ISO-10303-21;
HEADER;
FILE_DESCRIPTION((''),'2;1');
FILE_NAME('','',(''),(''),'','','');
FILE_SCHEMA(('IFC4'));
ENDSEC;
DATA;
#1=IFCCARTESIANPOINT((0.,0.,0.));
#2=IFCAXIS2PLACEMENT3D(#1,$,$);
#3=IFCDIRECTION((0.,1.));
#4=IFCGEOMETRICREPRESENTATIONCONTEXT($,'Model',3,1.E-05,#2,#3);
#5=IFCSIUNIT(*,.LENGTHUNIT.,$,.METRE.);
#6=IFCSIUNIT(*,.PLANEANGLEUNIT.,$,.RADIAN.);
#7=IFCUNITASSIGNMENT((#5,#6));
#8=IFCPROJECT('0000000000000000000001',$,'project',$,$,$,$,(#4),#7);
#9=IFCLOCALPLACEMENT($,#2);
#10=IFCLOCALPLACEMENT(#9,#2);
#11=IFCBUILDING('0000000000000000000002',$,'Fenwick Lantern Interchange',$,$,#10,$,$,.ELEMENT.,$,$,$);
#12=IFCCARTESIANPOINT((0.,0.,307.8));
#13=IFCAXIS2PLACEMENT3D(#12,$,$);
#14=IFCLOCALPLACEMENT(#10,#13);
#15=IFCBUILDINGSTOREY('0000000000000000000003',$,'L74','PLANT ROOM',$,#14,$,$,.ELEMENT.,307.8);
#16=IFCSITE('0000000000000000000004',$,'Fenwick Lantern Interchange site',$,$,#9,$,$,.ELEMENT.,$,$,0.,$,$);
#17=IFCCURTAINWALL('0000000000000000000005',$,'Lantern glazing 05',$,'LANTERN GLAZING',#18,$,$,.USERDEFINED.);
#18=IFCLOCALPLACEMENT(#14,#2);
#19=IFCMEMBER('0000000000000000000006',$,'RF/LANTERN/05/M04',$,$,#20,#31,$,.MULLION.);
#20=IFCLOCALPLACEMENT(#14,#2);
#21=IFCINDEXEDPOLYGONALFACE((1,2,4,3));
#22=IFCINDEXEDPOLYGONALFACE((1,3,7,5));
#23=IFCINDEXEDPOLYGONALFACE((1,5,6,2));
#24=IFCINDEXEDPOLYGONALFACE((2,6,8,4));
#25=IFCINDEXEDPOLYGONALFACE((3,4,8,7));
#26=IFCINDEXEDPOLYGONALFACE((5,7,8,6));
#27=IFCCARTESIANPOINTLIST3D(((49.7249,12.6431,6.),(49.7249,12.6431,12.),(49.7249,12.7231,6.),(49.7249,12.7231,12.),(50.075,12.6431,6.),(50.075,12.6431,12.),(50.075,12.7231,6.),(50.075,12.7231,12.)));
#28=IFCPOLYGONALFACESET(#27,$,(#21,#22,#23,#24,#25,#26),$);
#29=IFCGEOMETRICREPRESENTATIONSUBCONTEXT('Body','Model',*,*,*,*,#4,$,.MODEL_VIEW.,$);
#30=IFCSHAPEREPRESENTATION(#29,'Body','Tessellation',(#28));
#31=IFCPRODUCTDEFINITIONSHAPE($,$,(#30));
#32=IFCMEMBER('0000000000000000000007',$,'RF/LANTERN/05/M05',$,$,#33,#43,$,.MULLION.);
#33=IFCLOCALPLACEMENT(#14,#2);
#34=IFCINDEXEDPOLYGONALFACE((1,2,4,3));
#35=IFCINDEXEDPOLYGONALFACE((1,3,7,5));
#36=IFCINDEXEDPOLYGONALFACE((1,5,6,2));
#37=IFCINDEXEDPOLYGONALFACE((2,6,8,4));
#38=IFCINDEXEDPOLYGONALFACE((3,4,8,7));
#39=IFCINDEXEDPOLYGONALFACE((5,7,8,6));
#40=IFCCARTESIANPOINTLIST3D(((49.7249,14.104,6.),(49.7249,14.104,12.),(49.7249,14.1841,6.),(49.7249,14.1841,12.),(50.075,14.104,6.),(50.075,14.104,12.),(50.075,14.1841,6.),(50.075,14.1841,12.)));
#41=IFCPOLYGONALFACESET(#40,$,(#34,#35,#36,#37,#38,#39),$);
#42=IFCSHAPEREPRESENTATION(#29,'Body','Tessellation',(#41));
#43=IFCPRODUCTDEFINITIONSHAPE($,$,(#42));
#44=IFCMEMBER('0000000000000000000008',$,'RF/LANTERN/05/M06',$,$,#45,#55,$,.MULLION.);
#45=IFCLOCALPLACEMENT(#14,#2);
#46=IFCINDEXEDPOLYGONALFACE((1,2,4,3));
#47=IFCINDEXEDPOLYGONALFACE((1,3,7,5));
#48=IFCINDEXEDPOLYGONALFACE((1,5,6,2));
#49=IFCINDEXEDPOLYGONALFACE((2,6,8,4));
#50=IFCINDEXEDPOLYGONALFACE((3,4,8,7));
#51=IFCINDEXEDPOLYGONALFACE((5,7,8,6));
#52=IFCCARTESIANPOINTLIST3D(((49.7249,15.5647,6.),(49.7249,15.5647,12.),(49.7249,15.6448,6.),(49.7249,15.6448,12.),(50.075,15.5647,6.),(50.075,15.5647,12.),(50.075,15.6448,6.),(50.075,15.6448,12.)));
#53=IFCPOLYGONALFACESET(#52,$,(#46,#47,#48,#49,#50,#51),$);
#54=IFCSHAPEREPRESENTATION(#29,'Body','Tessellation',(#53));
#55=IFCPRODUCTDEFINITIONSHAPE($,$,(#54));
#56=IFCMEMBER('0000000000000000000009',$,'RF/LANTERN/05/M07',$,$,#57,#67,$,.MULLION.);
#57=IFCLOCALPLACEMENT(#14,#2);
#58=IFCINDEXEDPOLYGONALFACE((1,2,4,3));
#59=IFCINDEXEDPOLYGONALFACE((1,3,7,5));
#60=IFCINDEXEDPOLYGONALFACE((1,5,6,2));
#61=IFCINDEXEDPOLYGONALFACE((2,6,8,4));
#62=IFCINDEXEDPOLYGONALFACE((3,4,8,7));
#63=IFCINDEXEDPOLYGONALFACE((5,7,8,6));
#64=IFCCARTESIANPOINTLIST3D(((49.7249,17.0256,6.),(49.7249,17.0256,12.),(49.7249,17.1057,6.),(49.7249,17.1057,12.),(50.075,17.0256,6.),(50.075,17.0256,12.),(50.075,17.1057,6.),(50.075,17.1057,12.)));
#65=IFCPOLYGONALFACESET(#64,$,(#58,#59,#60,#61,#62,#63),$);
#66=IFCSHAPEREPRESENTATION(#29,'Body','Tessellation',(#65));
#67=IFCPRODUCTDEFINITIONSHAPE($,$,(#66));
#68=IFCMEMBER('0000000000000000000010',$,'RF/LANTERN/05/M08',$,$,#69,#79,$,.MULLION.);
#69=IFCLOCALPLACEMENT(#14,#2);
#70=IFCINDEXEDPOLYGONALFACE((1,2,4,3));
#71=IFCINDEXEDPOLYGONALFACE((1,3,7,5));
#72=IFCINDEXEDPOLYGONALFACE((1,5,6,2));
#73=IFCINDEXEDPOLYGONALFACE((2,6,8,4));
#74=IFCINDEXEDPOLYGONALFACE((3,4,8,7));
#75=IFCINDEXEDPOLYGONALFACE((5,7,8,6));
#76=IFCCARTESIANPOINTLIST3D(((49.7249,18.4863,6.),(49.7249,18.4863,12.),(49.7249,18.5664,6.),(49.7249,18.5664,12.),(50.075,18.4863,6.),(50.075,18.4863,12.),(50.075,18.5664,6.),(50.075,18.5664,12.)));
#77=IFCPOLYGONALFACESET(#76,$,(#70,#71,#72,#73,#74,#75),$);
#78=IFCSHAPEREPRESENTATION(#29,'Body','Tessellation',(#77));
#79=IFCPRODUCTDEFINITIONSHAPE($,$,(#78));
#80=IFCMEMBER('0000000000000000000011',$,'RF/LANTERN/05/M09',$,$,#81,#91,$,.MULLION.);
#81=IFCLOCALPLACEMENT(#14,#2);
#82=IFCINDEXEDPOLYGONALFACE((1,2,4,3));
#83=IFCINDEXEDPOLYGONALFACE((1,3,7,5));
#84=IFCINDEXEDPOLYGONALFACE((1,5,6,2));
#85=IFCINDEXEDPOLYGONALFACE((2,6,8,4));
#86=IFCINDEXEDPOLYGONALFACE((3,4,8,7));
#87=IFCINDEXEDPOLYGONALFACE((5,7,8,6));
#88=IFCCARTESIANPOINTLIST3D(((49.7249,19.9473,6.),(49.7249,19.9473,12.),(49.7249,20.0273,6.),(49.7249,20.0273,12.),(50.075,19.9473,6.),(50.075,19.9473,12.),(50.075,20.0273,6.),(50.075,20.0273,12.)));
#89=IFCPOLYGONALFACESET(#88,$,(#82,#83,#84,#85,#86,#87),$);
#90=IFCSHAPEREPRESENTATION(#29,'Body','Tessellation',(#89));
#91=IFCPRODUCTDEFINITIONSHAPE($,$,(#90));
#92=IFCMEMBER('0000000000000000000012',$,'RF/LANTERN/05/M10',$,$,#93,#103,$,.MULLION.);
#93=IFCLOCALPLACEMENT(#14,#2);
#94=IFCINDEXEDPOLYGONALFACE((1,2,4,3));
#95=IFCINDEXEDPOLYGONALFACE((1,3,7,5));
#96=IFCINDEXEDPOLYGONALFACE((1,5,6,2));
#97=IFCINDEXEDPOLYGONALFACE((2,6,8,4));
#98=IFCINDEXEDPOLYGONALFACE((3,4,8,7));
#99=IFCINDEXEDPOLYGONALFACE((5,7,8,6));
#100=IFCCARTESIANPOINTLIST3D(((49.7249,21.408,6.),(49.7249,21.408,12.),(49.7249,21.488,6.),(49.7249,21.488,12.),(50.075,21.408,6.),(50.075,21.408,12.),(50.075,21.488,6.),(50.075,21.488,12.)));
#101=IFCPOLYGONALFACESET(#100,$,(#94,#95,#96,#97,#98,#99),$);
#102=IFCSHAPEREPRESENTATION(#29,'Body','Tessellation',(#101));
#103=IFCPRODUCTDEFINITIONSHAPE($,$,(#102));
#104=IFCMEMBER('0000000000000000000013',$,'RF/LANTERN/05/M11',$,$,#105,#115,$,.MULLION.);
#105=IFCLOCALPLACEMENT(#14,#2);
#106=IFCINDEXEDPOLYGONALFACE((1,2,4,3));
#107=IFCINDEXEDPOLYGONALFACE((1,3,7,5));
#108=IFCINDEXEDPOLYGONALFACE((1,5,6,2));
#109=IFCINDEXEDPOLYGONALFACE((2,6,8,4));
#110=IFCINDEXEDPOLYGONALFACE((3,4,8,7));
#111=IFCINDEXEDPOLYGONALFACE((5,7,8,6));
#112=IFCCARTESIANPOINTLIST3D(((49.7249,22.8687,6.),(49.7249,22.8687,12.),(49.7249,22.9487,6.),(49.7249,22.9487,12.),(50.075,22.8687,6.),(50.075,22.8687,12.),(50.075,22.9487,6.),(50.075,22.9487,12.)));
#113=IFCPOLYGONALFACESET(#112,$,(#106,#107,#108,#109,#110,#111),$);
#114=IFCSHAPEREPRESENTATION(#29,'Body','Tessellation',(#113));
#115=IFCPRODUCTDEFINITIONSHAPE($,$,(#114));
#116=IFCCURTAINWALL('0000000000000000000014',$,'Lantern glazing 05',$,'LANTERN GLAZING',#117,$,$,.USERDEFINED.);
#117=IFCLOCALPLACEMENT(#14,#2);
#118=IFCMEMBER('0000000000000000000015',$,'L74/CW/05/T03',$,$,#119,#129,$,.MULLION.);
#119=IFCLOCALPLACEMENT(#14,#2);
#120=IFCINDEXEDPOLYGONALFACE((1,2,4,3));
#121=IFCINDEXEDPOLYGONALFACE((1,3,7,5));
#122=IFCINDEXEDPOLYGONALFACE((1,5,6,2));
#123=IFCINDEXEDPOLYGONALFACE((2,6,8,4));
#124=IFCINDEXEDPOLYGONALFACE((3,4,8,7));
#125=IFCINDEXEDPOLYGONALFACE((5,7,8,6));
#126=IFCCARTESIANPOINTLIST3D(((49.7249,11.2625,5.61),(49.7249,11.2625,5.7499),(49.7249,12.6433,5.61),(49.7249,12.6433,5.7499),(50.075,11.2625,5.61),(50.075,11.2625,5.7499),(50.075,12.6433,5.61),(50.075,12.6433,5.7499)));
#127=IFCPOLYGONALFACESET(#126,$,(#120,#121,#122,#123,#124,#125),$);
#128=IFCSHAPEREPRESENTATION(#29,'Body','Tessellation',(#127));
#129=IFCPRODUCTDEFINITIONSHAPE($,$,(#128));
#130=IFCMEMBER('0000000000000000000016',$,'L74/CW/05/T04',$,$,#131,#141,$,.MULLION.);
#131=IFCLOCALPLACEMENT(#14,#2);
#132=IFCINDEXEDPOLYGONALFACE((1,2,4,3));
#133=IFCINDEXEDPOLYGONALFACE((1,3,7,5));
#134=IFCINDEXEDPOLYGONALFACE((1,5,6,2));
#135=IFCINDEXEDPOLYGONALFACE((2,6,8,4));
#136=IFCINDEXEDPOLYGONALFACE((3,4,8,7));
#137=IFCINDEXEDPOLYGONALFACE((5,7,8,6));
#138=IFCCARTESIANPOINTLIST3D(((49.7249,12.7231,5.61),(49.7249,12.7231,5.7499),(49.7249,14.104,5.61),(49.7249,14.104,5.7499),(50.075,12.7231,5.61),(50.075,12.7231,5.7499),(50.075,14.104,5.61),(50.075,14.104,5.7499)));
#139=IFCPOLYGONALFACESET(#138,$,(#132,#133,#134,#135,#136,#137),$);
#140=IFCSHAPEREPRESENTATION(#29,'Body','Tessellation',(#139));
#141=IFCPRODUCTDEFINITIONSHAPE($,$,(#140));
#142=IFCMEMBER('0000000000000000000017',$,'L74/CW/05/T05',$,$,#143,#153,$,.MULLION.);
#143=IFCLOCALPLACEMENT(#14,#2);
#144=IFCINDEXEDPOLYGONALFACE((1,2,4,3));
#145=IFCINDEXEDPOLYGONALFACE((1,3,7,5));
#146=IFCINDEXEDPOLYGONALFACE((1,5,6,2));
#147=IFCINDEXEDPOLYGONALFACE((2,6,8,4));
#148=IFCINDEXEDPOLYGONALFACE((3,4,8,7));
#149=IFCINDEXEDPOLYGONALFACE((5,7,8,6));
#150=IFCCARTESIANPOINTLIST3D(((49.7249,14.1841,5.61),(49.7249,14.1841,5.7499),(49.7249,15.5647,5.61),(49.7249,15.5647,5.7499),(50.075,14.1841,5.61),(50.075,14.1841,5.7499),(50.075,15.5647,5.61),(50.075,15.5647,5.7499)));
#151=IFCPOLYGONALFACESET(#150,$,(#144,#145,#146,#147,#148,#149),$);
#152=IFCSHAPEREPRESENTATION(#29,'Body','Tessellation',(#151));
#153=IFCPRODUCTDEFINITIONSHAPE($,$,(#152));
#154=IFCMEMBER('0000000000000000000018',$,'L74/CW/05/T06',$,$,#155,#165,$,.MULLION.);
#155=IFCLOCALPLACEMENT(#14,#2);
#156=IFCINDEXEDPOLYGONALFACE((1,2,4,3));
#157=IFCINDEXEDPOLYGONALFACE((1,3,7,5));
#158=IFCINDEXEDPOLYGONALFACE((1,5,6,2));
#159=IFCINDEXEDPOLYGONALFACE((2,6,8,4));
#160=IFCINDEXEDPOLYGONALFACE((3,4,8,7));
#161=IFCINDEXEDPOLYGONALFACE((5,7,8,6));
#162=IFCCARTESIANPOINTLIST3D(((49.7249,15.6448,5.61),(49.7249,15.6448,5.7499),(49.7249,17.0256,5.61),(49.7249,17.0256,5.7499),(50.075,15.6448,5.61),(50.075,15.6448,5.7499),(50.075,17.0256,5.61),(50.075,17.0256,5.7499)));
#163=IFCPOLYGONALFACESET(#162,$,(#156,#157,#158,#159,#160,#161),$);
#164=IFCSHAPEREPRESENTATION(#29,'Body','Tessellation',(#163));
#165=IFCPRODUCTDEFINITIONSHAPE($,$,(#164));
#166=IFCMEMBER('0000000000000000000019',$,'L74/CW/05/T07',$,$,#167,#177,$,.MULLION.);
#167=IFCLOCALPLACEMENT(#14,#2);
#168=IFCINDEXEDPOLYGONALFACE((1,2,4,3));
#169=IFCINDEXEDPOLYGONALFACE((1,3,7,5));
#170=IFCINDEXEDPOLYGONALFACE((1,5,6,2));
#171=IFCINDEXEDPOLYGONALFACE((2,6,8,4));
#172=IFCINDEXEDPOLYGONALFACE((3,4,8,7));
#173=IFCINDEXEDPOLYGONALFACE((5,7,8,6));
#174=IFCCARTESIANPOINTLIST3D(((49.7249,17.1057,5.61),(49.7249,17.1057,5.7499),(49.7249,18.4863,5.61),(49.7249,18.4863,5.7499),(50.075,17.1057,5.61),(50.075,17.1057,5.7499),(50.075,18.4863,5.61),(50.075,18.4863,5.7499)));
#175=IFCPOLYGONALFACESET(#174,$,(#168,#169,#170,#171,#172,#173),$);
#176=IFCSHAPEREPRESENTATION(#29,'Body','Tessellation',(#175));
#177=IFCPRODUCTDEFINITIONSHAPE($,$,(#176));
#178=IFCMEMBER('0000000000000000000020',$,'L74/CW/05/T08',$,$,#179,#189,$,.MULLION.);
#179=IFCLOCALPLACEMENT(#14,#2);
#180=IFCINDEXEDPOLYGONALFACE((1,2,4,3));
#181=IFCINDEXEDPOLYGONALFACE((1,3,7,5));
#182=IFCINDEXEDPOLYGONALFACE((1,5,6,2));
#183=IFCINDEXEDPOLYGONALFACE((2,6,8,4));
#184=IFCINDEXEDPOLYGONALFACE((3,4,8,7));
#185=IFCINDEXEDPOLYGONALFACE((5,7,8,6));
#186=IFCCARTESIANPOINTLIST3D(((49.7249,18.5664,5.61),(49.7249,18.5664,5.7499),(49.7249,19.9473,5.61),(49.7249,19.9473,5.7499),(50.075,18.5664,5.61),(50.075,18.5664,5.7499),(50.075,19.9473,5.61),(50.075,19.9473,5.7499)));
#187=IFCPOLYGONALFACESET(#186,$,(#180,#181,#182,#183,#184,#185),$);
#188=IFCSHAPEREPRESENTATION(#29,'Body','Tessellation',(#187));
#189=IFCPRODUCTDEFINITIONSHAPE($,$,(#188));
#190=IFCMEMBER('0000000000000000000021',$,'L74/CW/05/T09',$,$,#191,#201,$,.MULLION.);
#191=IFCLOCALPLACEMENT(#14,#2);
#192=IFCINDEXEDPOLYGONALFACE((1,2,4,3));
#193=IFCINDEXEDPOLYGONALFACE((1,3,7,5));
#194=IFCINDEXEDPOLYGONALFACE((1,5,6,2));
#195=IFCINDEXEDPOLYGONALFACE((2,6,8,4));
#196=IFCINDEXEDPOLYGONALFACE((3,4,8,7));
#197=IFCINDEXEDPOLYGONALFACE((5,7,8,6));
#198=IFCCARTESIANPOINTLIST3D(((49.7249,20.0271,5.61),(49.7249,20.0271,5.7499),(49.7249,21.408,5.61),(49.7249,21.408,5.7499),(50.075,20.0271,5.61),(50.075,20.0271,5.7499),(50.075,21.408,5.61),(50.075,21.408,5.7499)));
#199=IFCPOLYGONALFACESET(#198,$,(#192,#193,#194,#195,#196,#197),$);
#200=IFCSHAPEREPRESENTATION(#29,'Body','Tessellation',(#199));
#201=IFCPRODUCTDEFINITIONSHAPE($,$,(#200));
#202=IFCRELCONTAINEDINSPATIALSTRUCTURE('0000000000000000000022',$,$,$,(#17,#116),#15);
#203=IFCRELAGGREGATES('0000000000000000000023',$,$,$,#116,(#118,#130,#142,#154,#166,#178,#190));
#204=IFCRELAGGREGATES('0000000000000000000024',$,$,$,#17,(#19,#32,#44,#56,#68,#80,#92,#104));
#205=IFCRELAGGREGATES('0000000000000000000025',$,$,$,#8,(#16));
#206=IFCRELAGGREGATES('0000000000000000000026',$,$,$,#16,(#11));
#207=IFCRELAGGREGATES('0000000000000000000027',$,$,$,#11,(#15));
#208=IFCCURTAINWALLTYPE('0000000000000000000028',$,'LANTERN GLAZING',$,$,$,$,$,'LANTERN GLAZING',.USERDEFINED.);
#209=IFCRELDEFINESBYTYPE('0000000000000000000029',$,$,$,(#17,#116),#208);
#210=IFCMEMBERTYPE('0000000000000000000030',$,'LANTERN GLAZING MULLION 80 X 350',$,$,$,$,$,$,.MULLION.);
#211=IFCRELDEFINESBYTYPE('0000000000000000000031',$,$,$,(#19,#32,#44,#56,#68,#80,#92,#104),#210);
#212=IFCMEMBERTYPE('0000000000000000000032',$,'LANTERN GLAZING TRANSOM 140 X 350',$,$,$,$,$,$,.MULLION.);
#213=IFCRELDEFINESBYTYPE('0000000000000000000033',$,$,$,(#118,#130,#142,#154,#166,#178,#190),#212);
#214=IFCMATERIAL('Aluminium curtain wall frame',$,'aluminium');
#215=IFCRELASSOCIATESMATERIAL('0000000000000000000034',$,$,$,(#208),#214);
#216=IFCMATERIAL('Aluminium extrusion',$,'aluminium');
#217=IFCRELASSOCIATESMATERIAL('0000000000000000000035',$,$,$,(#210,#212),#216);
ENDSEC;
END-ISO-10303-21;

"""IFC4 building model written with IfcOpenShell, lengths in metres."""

from ifc_helpers import new_model, si_unit, direction, frame, origin, origin_2d, place, context, subcontext, project, spatial, rectangle, extrude, material, material_profile, profile_set, type_object, element, aggregate, save


model = new_model("IFC4")

# Units and contexts
model_context = context("Model", 3, precision=1e-05, world=origin(), true_north=direction((0.0, 1.0)))
body_context = subcontext(model_context, "Body", "Model", "MODEL_VIEW")
ifc_project = project(units=[si_unit("LENGTHUNIT", "METRE"), si_unit("PLANEANGLEUNIT", "RADIAN")], contexts=[model_context])

# Site, building, storey
site_placement = place(None, origin())
site = spatial("IfcSite", under=ifc_project, at=site_placement, Name="Fenwick Lantern Interchange site", CompositionType="ELEMENT", RefElevation=0.0)
building_placement = place(site_placement, origin())
building = spatial("IfcBuilding", under=site, at=building_placement, Name="Fenwick Lantern Interchange", CompositionType="ELEMENT")
storey_placement = place(building_placement, frame((0.0, 0.0, 307.8)))
storey = spatial("IfcBuildingStorey", under=building, at=storey_placement, Name="L74", Description="PLANT ROOM", CompositionType="ELEMENT", Elevation=307.8)

# Curtain walls, members
ifc_material_1 = material(Name="Aluminium curtain wall frame", Category="aluminium")
curtain_wall_type = type_object("IfcCurtainWallType", Name="LANTERN GLAZING", ElementType="LANTERN GLAZING", PredefinedType="USERDEFINED", material=ifc_material_1)
curtain_wall_1_placement = place(storey_placement, origin())
curtain_wall_1 = element("IfcCurtainWall", 1, at=curtain_wall_1_placement, inside=storey, type_object=curtain_wall_type, Name="Lantern glazing 05", ObjectType="LANTERN GLAZING", PredefinedType="USERDEFINED")
ifc_material_2 = material(Name="Aluminium extrusion", Category="aluminium")
ifc_material_profile_1 = material_profile(ifc_material_2, rectangle(XDim=0.3501, YDim=0.0801, at=origin_2d()), Name="LANTERN GLAZING MULLION 80 X 350")
ifc_profile_set_1 = profile_set([ifc_material_profile_1], Name="Aluminium extrusion")
member_type_1 = type_object("IfcMemberType", Name="LANTERN GLAZING MULLION 80 X 350", PredefinedType="MULLION", material=ifc_profile_set_1)
member_1_placement = place(storey_placement, frame((49.8999, 12.6831, 6.0), z_axis=(0.0, 0.0, 1.0), x_axis=(-1.0, 0.0, 0.0)))
member_1 = element("IfcMember", 2, at=member_1_placement, type_object=member_type_1, Name="RF/LANTERN/05/M04", PredefinedType="MULLION", context=body_context, shape_type="SweptSolid", body=[
    extrude(rectangle(XDim=0.3501, YDim=0.0801, at=origin_2d()), origin(), (0.0, 0.0, 1.0), 6.0),
])
member_2_placement = place(storey_placement, frame((49.8999, 14.144, 6.0), z_axis=(0.0, 0.0, 1.0), x_axis=(-1.0, 0.0, 0.0)))
member_2 = element("IfcMember", 3, at=member_2_placement, type_object=member_type_1, Name="RF/LANTERN/05/M05", PredefinedType="MULLION", context=body_context, shape_type="SweptSolid", body=[
    extrude(rectangle(XDim=0.3501, YDim=0.0801, at=origin_2d()), origin(), (0.0, 0.0, 1.0), 6.0),
])
member_3_placement = place(storey_placement, frame((49.8999, 15.6047, 6.0), z_axis=(0.0, 0.0, 1.0), x_axis=(-1.0, 0.0, 0.0)))
member_3 = element("IfcMember", 4, at=member_3_placement, type_object=member_type_1, Name="RF/LANTERN/05/M06", PredefinedType="MULLION", context=body_context, shape_type="SweptSolid", body=[
    extrude(rectangle(XDim=0.3501, YDim=0.0801, at=origin_2d()), origin(), (0.0, 0.0, 1.0), 6.0),
])
member_4_placement = place(storey_placement, frame((49.8999, 17.0657, 6.0), z_axis=(0.0, 0.0, 1.0), x_axis=(-1.0, 0.0, 0.0)))
member_4 = element("IfcMember", 5, at=member_4_placement, type_object=member_type_1, Name="RF/LANTERN/05/M07", PredefinedType="MULLION", context=body_context, shape_type="SweptSolid", body=[
    extrude(rectangle(XDim=0.3501, YDim=0.0801, at=origin_2d()), origin(), (0.0, 0.0, 1.0), 6.0),
])
member_5_placement = place(storey_placement, frame((49.8999, 18.5264, 6.0), z_axis=(0.0, 0.0, 1.0), x_axis=(-1.0, 0.0, 0.0)))
member_5 = element("IfcMember", 6, at=member_5_placement, type_object=member_type_1, Name="RF/LANTERN/05/M08", PredefinedType="MULLION", context=body_context, shape_type="SweptSolid", body=[
    extrude(rectangle(XDim=0.3501, YDim=0.0801, at=origin_2d()), origin(), (0.0, 0.0, 1.0), 6.0),
])
member_6_placement = place(storey_placement, frame((49.8999, 19.9873, 6.0), z_axis=(0.0, 0.0, 1.0), x_axis=(-1.0, 0.0, 0.0)))
member_6 = element("IfcMember", 7, at=member_6_placement, type_object=member_type_1, Name="RF/LANTERN/05/M09", PredefinedType="MULLION", context=body_context, shape_type="SweptSolid", body=[
    extrude(rectangle(XDim=0.3501, YDim=0.0801, at=origin_2d()), origin(), (0.0, 0.0, 1.0), 6.0),
])
member_7_placement = place(storey_placement, frame((49.8999, 21.448, 6.0), z_axis=(0.0, 0.0, 1.0), x_axis=(-1.0, 0.0, 0.0)))
member_7 = element("IfcMember", 8, at=member_7_placement, type_object=member_type_1, Name="RF/LANTERN/05/M10", PredefinedType="MULLION", context=body_context, shape_type="SweptSolid", body=[
    extrude(rectangle(XDim=0.3501, YDim=0.0801, at=origin_2d()), origin(), (0.0, 0.0, 1.0), 6.0),
])
member_8_placement = place(storey_placement, frame((49.8999, 22.9087, 6.0), z_axis=(0.0, 0.0, 1.0), x_axis=(-1.0, 0.0, 0.0)))
member_8 = element("IfcMember", 9, at=member_8_placement, type_object=member_type_1, Name="RF/LANTERN/05/M11", PredefinedType="MULLION", context=body_context, shape_type="SweptSolid", body=[
    extrude(rectangle(XDim=0.3501, YDim=0.0801, at=origin_2d()), origin(), (0.0, 0.0, 1.0), 6.0),
])
curtain_wall_2_placement = place(storey_placement, origin())
curtain_wall_2 = element("IfcCurtainWall", 10, at=curtain_wall_2_placement, inside=storey, type_object=curtain_wall_type, Name="Lantern glazing 05", ObjectType="LANTERN GLAZING", PredefinedType="USERDEFINED")
ifc_material_profile_2 = material_profile(ifc_material_2, rectangle(XDim=0.3501, YDim=0.1399, at=origin_2d()), Name="LANTERN GLAZING TRANSOM 140 X 350")
ifc_profile_set_2 = profile_set([ifc_material_profile_2], Name="Aluminium extrusion")
member_type_2 = type_object("IfcMemberType", Name="LANTERN GLAZING TRANSOM 140 X 350", PredefinedType="MULLION", material=ifc_profile_set_2)
member_9_placement = place(storey_placement, frame((49.8999, 11.2625, 5.6799), z_axis=(0.0, 1.0, 0.0), x_axis=(-1.0, 0.0, 0.0)))
member_9 = element("IfcMember", 11, at=member_9_placement, type_object=member_type_2, Name="L74/CW/05/T03", PredefinedType="MULLION", context=body_context, shape_type="SweptSolid", body=[
    extrude(rectangle(XDim=0.3501, YDim=0.1399, at=origin_2d()), origin(), (0.0, 0.0, 1.0), 1.3809),
])
member_10_placement = place(storey_placement, frame((49.8999, 12.7231, 5.6799), z_axis=(0.0, 1.0, 0.0), x_axis=(-1.0, 0.0, 0.0)))
member_10 = element("IfcMember", 12, at=member_10_placement, type_object=member_type_2, Name="L74/CW/05/T04", PredefinedType="MULLION", context=body_context, shape_type="SweptSolid", body=[
    extrude(rectangle(XDim=0.3501, YDim=0.1399, at=origin_2d()), origin(), (0.0, 0.0, 1.0), 1.3809),
])
member_11_placement = place(storey_placement, frame((49.8999, 14.1841, 5.6799), z_axis=(0.0, 1.0, 0.0), x_axis=(-1.0, 0.0, 0.0)))
member_11 = element("IfcMember", 13, at=member_11_placement, type_object=member_type_2, Name="L74/CW/05/T05", PredefinedType="MULLION", context=body_context, shape_type="SweptSolid", body=[
    extrude(rectangle(XDim=0.3501, YDim=0.1399, at=origin_2d()), origin(), (0.0, 0.0, 1.0), 1.3806),
])
member_12_placement = place(storey_placement, frame((49.8999, 15.6448, 5.6799), z_axis=(0.0, 1.0, 0.0), x_axis=(-1.0, 0.0, 0.0)))
member_12 = element("IfcMember", 14, at=member_12_placement, type_object=member_type_2, Name="L74/CW/05/T06", PredefinedType="MULLION", context=body_context, shape_type="SweptSolid", body=[
    extrude(rectangle(XDim=0.3501, YDim=0.1399, at=origin_2d()), origin(), (0.0, 0.0, 1.0), 1.3809),
])
member_13_placement = place(storey_placement, frame((49.8999, 17.1057, 5.6799), z_axis=(0.0, 1.0, 0.0), x_axis=(-1.0, 0.0, 0.0)))
member_13 = element("IfcMember", 15, at=member_13_placement, type_object=member_type_2, Name="L74/CW/05/T07", PredefinedType="MULLION", context=body_context, shape_type="SweptSolid", body=[
    extrude(rectangle(XDim=0.3501, YDim=0.1399, at=origin_2d()), origin(), (0.0, 0.0, 1.0), 1.3806),
])
member_14_placement = place(storey_placement, frame((49.8999, 18.5664, 5.6799), z_axis=(0.0, 1.0, 0.0), x_axis=(-1.0, 0.0, 0.0)))
member_14 = element("IfcMember", 16, at=member_14_placement, type_object=member_type_2, Name="L74/CW/05/T08", PredefinedType="MULLION", context=body_context, shape_type="SweptSolid", body=[
    extrude(rectangle(XDim=0.3501, YDim=0.1399, at=origin_2d()), origin(), (0.0, 0.0, 1.0), 1.3809),
])
member_15_placement = place(storey_placement, frame((49.8999, 20.0271, 5.6799), z_axis=(0.0, 1.0, 0.0), x_axis=(-1.0, 0.0, 0.0)))
member_15 = element("IfcMember", 17, at=member_15_placement, type_object=member_type_2, Name="L74/CW/05/T09", PredefinedType="MULLION", context=body_context, shape_type="SweptSolid", body=[
    extrude(rectangle(XDim=0.3501, YDim=0.1399, at=origin_2d()), origin(), (0.0, 0.0, 1.0), 1.3809),
])
aggregate(curtain_wall_2, [member_9, member_10, member_11, member_12, member_13, member_14, member_15])

aggregate(curtain_wall_1, [member_1, member_2, member_3, member_4, member_5, member_6, member_7, member_8])

save(model, "model.ifc")
